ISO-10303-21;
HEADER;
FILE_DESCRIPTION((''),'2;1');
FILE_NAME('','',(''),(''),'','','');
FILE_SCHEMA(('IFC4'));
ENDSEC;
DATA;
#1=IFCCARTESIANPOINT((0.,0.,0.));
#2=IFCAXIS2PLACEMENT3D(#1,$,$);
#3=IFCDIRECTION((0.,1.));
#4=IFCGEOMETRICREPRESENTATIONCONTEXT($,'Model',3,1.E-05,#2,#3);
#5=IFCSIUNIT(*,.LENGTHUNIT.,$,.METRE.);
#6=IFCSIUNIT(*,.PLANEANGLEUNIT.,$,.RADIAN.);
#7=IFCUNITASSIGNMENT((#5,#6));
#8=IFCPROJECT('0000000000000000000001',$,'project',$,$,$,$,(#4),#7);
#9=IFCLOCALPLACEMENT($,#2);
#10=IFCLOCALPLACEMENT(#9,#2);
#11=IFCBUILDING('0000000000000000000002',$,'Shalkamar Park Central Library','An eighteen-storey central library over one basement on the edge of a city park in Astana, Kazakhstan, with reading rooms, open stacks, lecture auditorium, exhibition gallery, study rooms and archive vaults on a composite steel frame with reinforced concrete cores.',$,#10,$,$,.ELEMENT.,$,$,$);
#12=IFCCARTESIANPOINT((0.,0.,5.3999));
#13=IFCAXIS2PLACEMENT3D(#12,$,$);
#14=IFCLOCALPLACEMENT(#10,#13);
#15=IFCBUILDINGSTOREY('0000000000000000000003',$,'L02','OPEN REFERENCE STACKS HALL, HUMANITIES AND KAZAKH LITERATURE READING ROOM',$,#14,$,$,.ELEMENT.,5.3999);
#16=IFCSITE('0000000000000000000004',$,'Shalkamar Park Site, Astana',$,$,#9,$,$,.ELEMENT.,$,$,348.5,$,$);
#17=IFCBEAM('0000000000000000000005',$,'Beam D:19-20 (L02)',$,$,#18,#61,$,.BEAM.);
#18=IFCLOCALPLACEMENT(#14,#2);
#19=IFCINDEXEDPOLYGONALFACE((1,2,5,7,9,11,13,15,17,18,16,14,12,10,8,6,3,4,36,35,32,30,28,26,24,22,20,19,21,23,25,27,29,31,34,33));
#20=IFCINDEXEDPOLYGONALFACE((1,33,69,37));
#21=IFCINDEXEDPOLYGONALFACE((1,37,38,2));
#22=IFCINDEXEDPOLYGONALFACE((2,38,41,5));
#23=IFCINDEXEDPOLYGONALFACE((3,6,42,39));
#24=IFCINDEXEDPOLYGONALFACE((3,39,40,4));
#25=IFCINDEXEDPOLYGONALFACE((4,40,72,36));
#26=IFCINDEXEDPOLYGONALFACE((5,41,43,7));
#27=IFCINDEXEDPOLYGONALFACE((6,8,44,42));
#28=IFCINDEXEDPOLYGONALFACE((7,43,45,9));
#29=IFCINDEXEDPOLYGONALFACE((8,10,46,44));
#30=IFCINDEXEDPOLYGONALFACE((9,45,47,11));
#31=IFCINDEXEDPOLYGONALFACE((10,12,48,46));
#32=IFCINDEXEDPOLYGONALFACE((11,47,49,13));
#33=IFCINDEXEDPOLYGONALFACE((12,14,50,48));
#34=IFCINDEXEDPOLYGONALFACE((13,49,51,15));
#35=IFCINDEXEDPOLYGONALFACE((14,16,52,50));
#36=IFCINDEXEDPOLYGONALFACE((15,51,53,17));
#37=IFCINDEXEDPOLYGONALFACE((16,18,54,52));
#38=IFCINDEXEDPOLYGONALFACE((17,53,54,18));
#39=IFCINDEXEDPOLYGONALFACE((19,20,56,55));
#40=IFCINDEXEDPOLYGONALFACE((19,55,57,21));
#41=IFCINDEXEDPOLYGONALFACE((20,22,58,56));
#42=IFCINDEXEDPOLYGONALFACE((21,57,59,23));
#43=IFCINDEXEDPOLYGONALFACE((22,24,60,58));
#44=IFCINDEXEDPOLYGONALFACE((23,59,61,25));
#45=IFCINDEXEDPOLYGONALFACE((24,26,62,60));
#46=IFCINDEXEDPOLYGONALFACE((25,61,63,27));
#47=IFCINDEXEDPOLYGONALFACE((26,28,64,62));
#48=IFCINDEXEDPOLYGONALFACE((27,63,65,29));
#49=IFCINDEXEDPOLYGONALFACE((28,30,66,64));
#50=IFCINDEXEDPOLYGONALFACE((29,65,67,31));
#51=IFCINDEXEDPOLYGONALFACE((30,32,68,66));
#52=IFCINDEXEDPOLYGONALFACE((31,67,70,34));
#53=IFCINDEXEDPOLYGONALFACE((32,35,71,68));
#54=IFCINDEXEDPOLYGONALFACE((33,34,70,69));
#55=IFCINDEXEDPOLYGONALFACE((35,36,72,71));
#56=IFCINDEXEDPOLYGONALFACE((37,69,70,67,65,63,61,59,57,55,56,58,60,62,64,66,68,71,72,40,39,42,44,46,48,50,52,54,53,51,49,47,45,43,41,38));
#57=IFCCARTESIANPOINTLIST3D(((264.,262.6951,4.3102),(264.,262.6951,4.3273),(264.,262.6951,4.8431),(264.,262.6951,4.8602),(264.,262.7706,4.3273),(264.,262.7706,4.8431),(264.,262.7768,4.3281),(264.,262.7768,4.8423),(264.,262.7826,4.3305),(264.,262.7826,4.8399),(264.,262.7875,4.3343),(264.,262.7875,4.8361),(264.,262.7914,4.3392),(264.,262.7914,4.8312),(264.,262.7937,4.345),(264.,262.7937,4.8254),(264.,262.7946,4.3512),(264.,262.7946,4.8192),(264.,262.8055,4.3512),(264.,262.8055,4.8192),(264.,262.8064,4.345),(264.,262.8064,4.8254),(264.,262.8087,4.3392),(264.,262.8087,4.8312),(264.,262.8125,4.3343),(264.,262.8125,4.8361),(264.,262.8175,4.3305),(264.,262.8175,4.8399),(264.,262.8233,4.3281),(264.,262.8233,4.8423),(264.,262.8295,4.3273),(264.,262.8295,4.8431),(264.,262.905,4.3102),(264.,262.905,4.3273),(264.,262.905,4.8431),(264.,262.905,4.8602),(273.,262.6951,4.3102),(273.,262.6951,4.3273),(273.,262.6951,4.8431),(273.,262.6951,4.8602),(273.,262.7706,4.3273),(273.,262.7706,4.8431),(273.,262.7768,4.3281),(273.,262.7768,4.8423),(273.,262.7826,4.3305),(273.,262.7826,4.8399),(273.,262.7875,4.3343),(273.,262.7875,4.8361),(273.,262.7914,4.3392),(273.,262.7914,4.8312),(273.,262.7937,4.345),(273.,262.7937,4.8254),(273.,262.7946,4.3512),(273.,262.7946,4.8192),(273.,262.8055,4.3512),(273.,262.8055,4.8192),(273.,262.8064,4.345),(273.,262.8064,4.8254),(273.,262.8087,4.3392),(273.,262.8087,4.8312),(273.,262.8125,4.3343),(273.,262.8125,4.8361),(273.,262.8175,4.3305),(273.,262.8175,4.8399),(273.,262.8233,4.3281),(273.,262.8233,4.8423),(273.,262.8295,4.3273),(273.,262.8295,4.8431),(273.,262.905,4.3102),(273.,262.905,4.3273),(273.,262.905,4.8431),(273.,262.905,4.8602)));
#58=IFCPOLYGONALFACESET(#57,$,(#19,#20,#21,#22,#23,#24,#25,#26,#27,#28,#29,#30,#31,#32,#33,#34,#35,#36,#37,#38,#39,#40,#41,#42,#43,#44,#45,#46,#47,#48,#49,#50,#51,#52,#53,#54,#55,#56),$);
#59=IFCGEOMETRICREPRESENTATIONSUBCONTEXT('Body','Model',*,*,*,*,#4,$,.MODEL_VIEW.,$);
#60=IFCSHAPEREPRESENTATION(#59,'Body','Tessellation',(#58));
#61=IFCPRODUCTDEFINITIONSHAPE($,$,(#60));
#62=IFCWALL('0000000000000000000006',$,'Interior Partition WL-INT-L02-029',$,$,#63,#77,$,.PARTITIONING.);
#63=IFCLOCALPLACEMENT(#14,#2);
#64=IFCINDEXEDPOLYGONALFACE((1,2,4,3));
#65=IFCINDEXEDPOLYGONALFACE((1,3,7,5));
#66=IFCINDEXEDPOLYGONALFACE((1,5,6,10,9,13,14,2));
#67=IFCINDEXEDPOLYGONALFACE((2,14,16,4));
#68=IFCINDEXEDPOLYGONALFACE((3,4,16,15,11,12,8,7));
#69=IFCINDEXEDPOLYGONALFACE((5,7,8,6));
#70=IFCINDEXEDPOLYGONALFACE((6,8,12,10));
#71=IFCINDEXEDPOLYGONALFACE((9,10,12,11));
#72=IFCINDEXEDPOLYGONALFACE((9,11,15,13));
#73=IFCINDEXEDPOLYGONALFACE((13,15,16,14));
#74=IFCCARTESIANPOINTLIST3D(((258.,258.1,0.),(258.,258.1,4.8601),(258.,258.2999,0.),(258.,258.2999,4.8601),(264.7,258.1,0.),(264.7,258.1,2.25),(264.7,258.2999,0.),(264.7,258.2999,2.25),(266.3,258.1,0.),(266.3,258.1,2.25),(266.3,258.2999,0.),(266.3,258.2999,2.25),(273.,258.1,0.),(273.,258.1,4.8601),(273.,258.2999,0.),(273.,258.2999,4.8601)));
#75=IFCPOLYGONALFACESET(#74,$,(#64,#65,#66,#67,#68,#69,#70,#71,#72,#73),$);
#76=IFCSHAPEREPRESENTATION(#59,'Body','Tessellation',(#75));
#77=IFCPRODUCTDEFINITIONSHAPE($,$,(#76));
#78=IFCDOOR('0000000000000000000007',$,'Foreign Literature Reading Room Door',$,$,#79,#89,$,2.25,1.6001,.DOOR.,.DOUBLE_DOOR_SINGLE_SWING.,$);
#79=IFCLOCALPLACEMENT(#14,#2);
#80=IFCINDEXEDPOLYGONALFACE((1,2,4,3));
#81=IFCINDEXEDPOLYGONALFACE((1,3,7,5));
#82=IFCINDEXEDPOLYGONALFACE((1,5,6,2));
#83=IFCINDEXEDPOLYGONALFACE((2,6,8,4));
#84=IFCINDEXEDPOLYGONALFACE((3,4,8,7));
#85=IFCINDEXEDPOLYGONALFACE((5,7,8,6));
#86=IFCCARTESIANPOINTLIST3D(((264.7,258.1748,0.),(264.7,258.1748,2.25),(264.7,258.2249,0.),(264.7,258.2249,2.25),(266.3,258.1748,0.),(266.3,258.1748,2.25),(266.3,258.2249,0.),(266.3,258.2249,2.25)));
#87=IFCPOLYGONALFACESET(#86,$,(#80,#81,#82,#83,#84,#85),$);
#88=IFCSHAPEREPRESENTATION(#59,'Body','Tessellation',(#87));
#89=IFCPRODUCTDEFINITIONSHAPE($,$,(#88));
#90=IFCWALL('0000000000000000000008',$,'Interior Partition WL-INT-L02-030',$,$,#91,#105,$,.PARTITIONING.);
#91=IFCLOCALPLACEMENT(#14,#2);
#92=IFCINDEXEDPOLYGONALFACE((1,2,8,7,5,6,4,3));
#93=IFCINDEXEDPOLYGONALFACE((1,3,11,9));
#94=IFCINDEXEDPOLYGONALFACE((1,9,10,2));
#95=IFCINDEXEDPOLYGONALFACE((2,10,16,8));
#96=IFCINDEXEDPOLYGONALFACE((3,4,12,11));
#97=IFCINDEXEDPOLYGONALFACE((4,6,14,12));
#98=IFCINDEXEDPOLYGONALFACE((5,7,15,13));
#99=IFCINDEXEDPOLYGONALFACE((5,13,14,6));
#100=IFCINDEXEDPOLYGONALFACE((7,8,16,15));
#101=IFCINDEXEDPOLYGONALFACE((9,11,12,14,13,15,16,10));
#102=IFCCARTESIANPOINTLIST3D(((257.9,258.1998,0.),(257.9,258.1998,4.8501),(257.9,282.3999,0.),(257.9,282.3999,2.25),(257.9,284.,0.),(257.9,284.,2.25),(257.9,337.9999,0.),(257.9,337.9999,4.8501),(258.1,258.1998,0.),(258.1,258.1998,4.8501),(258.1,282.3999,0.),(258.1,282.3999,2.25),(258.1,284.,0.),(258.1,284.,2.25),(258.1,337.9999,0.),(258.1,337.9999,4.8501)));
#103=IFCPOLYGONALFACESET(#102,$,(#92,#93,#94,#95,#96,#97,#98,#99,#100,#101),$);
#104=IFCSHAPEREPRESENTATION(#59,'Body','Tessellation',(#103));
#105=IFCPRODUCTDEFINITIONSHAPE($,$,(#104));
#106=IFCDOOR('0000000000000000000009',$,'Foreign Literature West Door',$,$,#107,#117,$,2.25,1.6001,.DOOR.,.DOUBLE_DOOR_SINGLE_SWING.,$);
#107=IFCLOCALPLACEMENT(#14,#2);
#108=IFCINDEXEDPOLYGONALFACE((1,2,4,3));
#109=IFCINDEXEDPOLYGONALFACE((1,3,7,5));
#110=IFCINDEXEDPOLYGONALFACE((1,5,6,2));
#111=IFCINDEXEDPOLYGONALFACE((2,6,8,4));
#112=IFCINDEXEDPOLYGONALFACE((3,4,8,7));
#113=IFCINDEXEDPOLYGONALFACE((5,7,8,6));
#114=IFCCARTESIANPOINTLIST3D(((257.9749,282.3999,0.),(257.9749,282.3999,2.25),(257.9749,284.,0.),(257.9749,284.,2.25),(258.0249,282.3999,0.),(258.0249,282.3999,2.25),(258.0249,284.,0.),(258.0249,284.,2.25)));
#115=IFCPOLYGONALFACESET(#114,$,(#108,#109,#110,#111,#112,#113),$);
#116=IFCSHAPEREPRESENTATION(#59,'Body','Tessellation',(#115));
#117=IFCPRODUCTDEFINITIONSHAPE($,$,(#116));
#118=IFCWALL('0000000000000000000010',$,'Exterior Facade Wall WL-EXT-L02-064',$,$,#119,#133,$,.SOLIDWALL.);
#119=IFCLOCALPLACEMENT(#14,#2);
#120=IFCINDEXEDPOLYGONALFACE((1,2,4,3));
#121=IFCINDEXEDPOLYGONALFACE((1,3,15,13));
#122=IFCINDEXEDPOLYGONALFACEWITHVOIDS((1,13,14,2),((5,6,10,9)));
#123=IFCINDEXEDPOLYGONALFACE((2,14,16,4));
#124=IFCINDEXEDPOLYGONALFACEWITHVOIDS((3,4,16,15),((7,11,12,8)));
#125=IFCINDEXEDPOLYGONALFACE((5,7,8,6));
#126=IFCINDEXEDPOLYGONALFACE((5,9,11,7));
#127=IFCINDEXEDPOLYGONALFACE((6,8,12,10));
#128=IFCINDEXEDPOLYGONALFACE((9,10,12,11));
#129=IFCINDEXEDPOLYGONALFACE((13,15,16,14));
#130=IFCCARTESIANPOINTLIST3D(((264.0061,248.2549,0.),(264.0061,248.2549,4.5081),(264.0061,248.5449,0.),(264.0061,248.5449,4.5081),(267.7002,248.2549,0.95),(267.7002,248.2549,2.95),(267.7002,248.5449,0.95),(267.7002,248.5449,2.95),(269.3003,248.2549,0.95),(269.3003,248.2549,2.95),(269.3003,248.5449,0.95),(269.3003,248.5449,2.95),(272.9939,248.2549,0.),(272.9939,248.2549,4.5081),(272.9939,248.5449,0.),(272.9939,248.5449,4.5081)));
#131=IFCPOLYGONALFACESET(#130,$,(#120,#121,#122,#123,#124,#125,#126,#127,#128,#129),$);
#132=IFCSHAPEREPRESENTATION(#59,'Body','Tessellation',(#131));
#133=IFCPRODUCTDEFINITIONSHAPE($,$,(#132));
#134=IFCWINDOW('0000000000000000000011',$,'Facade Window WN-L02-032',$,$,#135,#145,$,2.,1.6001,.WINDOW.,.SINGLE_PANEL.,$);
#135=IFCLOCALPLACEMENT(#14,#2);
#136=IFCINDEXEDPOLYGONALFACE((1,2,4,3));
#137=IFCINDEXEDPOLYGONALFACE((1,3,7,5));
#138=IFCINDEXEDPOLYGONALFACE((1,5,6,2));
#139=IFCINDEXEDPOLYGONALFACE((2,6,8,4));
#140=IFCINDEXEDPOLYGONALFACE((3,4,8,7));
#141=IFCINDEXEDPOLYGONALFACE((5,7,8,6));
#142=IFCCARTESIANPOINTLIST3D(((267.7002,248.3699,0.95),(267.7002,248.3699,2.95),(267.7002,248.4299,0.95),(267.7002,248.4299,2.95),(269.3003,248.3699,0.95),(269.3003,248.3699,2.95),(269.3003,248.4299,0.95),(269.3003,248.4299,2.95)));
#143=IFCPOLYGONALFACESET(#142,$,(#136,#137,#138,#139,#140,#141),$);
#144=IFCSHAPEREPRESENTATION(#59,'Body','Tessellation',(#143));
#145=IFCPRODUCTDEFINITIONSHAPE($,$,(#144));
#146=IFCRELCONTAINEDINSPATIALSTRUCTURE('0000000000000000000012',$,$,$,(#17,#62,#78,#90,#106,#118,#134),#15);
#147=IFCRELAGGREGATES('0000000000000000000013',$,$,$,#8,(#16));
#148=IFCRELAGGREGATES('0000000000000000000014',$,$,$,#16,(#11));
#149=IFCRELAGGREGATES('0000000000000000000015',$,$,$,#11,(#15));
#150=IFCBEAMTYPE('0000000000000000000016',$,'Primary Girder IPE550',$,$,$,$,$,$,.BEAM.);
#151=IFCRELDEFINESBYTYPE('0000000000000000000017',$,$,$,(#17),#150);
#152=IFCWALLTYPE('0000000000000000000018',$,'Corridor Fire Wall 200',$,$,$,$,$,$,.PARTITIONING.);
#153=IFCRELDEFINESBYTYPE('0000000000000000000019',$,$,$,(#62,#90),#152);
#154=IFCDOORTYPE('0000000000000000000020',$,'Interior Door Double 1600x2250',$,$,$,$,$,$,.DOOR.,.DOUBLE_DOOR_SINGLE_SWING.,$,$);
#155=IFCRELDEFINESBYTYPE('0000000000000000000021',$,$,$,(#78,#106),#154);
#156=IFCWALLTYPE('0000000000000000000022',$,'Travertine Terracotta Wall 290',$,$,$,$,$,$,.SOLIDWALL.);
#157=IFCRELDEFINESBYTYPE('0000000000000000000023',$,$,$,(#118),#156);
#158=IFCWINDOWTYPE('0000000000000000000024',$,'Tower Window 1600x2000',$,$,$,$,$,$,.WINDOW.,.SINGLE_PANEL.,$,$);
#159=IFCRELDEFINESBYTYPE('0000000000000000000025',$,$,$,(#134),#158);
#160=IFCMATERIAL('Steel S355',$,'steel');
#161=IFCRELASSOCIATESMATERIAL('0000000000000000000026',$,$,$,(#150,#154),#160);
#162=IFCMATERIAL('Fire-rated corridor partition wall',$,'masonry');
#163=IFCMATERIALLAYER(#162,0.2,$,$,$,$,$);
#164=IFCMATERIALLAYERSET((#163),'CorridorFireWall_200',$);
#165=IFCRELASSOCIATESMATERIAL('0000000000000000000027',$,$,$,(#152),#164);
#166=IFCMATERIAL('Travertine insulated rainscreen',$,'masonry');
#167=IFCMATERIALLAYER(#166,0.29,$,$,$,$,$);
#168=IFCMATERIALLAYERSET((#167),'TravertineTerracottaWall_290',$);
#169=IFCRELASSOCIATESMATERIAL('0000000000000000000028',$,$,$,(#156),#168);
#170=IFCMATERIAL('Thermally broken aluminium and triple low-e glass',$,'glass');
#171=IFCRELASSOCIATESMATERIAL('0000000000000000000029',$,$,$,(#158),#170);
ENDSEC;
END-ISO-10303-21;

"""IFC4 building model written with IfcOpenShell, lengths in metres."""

from ifc_helpers import new_model, si_unit, direction, frame, frame_2d, origin, origin_2d, place, context, subcontext, project, spatial, rectangle, i_section, extrude, material, layer, layer_set, material_profile, profile_set, type_object, element, fill, save


model = new_model("IFC4")

# Units and contexts
model_context = context("Model", 3, precision=1e-05, world=origin(), true_north=direction((0.0, 1.0)))
body_context = subcontext(model_context, "Body", "Model", "MODEL_VIEW")
ifc_project = project(units=[si_unit("LENGTHUNIT", "METRE"), si_unit("PLANEANGLEUNIT", "RADIAN")], contexts=[model_context])

# Site, building, storey
site_placement = place(None, origin())
site = spatial("IfcSite", under=ifc_project, at=site_placement, Name="Shalkamar Park Site, Astana", CompositionType="ELEMENT", RefElevation=348.5)
building_placement = place(site_placement, origin())
building = spatial("IfcBuilding", under=site, at=building_placement, Name="Shalkamar Park Central Library", Description="An eighteen-storey central library over one basement on the edge of a city park in Astana, Kazakhstan, with reading rooms, open stacks, lecture auditorium, exhibition gallery, study rooms and archive vaults on a composite steel frame with reinforced concrete cores.", CompositionType="ELEMENT")
storey_placement = place(building_placement, frame((0.0, 0.0, 5.3999)))
storey = spatial("IfcBuildingStorey", under=building, at=storey_placement, Name="L02", Description="OPEN REFERENCE STACKS HALL, HUMANITIES AND KAZAKH LITERATURE READING ROOM", CompositionType="ELEMENT", Elevation=5.3999)

# Shared definitions
ifc_material_1 = material(Name="Steel S355", Category="steel")

# Beam
ifc_material_profile_1 = material_profile(ifc_material_1, i_section(OverallWidth=0.21, OverallDepth=0.55, WebThickness=0.011, FlangeThickness=0.0171, FilletRadius=0.0239, at=origin_2d()), Name="IPE 550")
ifc_profile_set_1 = profile_set([ifc_material_profile_1], Name="Steel S355")
beam_type_1 = type_object("IfcBeamType", Name="Primary Girder IPE550", PredefinedType="BEAM", material=ifc_profile_set_1)
for number, where, z_axis, x_axis, name in (
    (1, (264.0, 262.8, 4.5852), (1.0, 0.0, 0.0), (0.0, 1.0, 0.0), "Beam D:19-20 (L02)"),
):
    element("IfcBeam", number, at=place(storey_placement, frame(where, z_axis=z_axis, x_axis=x_axis)), inside=storey, type_object=beam_type_1, Name=name, PredefinedType="BEAM", context=body_context, shape_type="SweptSolid", body=[
        extrude(i_section(OverallWidth=0.21, OverallDepth=0.55, WebThickness=0.011, FlangeThickness=0.0171, FilletRadius=0.0239, at=origin_2d()), origin(), (0.0, 0.0, 1.0), 9.0),
    ])

# Walls, openings, doors
ifc_material_2 = material(Name="Fire-rated corridor partition wall", Category="masonry")
ifc_layer_1 = layer(ifc_material_2, 0.2)
ifc_layer_set_1 = layer_set([ifc_layer_1], Name="CorridorFireWall_200")
wall_type_1 = type_object("IfcWallType", Name="Corridor Fire Wall 200", PredefinedType="PARTITIONING", material=ifc_layer_set_1)
wall_1_placement = place(storey_placement, frame((258.0, 258.2, 0.0), z_axis=(0.0, 0.0, 1.0), x_axis=(1.0, 0.0, 0.0)))
wall_1 = element("IfcWall", 2, at=wall_1_placement, inside=storey, type_object=wall_type_1, Name="Interior Partition WL-INT-L02-029", PredefinedType="PARTITIONING", context=body_context, shape_type="SweptSolid", body=[
    extrude(rectangle(XDim=15.0, YDim=0.2, at=frame_2d((7.5, 0.0))), origin(), (0.0, 0.0, 1.0), 4.8601),
])
opening_1_placement = place(wall_1_placement, frame((6.7, 0.0, 0.0)))
opening_1 = element("IfcOpeningElement", 3, at=opening_1_placement, cuts=wall_1, PredefinedType="OPENING", context=body_context, shape_type="SweptSolid", body=[
    extrude(rectangle(XDim=1.6001, YDim=2.25, at=frame_2d((0.8, 1.125))), frame((0.0, 0.1147, 0.0), z_axis=(0.0, -1.0, 0.0), x_axis=(1.0, 0.0, 0.0)), (0.0, 0.0, 1.0), 0.2297),
])
door_type = type_object("IfcDoorType", Name="Interior Door Double 1600x2250", OperationType="DOUBLE_DOOR_SINGLE_SWING", PredefinedType="DOOR", material=ifc_material_1)
door_1_placement = place(opening_1_placement, origin())
door_1 = element("IfcDoor", 4, at=door_1_placement, inside=storey, type_object=door_type, Name="Foreign Literature Reading Room Door", OperationType="DOUBLE_DOOR_SINGLE_SWING", OverallHeight=2.25, OverallWidth=1.6001, PredefinedType="DOOR", context=body_context, shape_type="SweptSolid", body=[
    extrude(rectangle(XDim=1.6001, YDim=2.25, at=frame_2d((0.8, 1.125))), frame((0.0, 0.0249, 0.0), z_axis=(0.0, -1.0, 0.0), x_axis=(1.0, 0.0, 0.0)), (0.0, 0.0, 1.0), 0.05),
])
fill(opening_1, door_1)
wall_2_placement = place(storey_placement, frame((258.0, 258.2, 0.0), z_axis=(0.0, 0.0, 1.0), x_axis=(0.0, 1.0, 0.0)))
wall_2 = element("IfcWall", 5, at=wall_2_placement, inside=storey, type_object=wall_type_1, Name="Interior Partition WL-INT-L02-030", PredefinedType="PARTITIONING", context=body_context, shape_type="SweptSolid", body=[
    extrude(rectangle(XDim=79.8, YDim=0.2, at=frame_2d((39.8999, 0.0))), origin(), (0.0, 0.0, 1.0), 4.8501),
])
opening_2_placement = place(wall_2_placement, frame((24.2, 0.0, 0.0)))
opening_2 = element("IfcOpeningElement", 6, at=opening_2_placement, cuts=wall_2, PredefinedType="OPENING", context=body_context, shape_type="SweptSolid", body=[
    extrude(rectangle(XDim=1.6001, YDim=2.25, at=frame_2d((0.8, 1.125))), frame((0.0, 0.1147, 0.0), z_axis=(0.0, -1.0, 0.0), x_axis=(1.0, 0.0, 0.0)), (0.0, 0.0, 1.0), 0.2297),
])
door_2_placement = place(opening_2_placement, frame((1.6001, 0.0, 0.0), z_axis=(0.0, 0.0, 1.0), x_axis=(-1.0, 0.0, 0.0)))
door_2 = element("IfcDoor", 7, at=door_2_placement, inside=storey, type_object=door_type, Name="Foreign Literature West Door", OperationType="DOUBLE_DOOR_SINGLE_SWING", OverallHeight=2.25, OverallWidth=1.6001, PredefinedType="DOOR", context=body_context, shape_type="SweptSolid", body=[
    extrude(rectangle(XDim=1.6001, YDim=2.25, at=frame_2d((0.8, 1.125))), frame((0.0, 0.0249, 0.0), z_axis=(0.0, -1.0, 0.0), x_axis=(1.0, 0.0, 0.0)), (0.0, 0.0, 1.0), 0.05),
])
fill(opening_2, door_2)

# Wall, opening, window
ifc_material_3 = material(Name="Travertine insulated rainscreen", Category="masonry")
ifc_layer_2 = layer(ifc_material_3, 0.29)
ifc_layer_set_2 = layer_set([ifc_layer_2], Name="TravertineTerracottaWall_290")
wall_type_2 = type_object("IfcWallType", Name="Travertine Terracotta Wall 290", PredefinedType="SOLIDWALL", material=ifc_layer_set_2)
wall_3_placement = place(storey_placement, frame((264.0061, 248.3999, 0.0), z_axis=(0.0, 0.0, 1.0), x_axis=(1.0, 0.0, 0.0)))
wall_3 = element("IfcWall", 8, at=wall_3_placement, inside=storey, type_object=wall_type_2, Name="Exterior Facade Wall WL-EXT-L02-064", PredefinedType="SOLIDWALL", context=body_context, shape_type="SweptSolid", body=[
    extrude(rectangle(XDim=8.9878, YDim=0.29, at=frame_2d((4.4939, 0.0))), origin(), (0.0, 0.0, 1.0), 4.5081),
])
opening_3_placement = place(wall_3_placement, frame((3.6941, 0.0, 0.95)))
opening_3 = element("IfcOpeningElement", 9, at=opening_3_placement, cuts=wall_3, PredefinedType="OPENING", context=body_context, shape_type="SweptSolid", body=[
    extrude(rectangle(XDim=1.6001, YDim=2.0, at=frame_2d((0.8, 1.0))), frame((0.0, 0.1599, 0.0), z_axis=(0.0, -1.0, 0.0), x_axis=(1.0, 0.0, 0.0)), (0.0, 0.0, 1.0), 0.3198),
])
ifc_material_4 = material(Name="Thermally broken aluminium and triple low-e glass", Category="glass")
window_type = type_object("IfcWindowType", Name="Tower Window 1600x2000", PartitioningType="SINGLE_PANEL", PredefinedType="WINDOW", material=ifc_material_4)
window_placement = place(opening_3_placement, origin())
window = element("IfcWindow", 10, at=window_placement, inside=storey, type_object=window_type, Name="Facade Window WN-L02-032", OverallHeight=2.0, OverallWidth=1.6001, PartitioningType="SINGLE_PANEL", PredefinedType="WINDOW", context=body_context, shape_type="SweptSolid", body=[
    extrude(rectangle(XDim=1.6001, YDim=2.0, at=frame_2d((0.8, 1.0))), frame((0.0, 0.03, 0.0), z_axis=(0.0, -1.0, 0.0), x_axis=(1.0, 0.0, 0.0)), (0.0, 0.0, 1.0), 0.0601),
])
fill(opening_3, window)

save(model, "model.ifc")
